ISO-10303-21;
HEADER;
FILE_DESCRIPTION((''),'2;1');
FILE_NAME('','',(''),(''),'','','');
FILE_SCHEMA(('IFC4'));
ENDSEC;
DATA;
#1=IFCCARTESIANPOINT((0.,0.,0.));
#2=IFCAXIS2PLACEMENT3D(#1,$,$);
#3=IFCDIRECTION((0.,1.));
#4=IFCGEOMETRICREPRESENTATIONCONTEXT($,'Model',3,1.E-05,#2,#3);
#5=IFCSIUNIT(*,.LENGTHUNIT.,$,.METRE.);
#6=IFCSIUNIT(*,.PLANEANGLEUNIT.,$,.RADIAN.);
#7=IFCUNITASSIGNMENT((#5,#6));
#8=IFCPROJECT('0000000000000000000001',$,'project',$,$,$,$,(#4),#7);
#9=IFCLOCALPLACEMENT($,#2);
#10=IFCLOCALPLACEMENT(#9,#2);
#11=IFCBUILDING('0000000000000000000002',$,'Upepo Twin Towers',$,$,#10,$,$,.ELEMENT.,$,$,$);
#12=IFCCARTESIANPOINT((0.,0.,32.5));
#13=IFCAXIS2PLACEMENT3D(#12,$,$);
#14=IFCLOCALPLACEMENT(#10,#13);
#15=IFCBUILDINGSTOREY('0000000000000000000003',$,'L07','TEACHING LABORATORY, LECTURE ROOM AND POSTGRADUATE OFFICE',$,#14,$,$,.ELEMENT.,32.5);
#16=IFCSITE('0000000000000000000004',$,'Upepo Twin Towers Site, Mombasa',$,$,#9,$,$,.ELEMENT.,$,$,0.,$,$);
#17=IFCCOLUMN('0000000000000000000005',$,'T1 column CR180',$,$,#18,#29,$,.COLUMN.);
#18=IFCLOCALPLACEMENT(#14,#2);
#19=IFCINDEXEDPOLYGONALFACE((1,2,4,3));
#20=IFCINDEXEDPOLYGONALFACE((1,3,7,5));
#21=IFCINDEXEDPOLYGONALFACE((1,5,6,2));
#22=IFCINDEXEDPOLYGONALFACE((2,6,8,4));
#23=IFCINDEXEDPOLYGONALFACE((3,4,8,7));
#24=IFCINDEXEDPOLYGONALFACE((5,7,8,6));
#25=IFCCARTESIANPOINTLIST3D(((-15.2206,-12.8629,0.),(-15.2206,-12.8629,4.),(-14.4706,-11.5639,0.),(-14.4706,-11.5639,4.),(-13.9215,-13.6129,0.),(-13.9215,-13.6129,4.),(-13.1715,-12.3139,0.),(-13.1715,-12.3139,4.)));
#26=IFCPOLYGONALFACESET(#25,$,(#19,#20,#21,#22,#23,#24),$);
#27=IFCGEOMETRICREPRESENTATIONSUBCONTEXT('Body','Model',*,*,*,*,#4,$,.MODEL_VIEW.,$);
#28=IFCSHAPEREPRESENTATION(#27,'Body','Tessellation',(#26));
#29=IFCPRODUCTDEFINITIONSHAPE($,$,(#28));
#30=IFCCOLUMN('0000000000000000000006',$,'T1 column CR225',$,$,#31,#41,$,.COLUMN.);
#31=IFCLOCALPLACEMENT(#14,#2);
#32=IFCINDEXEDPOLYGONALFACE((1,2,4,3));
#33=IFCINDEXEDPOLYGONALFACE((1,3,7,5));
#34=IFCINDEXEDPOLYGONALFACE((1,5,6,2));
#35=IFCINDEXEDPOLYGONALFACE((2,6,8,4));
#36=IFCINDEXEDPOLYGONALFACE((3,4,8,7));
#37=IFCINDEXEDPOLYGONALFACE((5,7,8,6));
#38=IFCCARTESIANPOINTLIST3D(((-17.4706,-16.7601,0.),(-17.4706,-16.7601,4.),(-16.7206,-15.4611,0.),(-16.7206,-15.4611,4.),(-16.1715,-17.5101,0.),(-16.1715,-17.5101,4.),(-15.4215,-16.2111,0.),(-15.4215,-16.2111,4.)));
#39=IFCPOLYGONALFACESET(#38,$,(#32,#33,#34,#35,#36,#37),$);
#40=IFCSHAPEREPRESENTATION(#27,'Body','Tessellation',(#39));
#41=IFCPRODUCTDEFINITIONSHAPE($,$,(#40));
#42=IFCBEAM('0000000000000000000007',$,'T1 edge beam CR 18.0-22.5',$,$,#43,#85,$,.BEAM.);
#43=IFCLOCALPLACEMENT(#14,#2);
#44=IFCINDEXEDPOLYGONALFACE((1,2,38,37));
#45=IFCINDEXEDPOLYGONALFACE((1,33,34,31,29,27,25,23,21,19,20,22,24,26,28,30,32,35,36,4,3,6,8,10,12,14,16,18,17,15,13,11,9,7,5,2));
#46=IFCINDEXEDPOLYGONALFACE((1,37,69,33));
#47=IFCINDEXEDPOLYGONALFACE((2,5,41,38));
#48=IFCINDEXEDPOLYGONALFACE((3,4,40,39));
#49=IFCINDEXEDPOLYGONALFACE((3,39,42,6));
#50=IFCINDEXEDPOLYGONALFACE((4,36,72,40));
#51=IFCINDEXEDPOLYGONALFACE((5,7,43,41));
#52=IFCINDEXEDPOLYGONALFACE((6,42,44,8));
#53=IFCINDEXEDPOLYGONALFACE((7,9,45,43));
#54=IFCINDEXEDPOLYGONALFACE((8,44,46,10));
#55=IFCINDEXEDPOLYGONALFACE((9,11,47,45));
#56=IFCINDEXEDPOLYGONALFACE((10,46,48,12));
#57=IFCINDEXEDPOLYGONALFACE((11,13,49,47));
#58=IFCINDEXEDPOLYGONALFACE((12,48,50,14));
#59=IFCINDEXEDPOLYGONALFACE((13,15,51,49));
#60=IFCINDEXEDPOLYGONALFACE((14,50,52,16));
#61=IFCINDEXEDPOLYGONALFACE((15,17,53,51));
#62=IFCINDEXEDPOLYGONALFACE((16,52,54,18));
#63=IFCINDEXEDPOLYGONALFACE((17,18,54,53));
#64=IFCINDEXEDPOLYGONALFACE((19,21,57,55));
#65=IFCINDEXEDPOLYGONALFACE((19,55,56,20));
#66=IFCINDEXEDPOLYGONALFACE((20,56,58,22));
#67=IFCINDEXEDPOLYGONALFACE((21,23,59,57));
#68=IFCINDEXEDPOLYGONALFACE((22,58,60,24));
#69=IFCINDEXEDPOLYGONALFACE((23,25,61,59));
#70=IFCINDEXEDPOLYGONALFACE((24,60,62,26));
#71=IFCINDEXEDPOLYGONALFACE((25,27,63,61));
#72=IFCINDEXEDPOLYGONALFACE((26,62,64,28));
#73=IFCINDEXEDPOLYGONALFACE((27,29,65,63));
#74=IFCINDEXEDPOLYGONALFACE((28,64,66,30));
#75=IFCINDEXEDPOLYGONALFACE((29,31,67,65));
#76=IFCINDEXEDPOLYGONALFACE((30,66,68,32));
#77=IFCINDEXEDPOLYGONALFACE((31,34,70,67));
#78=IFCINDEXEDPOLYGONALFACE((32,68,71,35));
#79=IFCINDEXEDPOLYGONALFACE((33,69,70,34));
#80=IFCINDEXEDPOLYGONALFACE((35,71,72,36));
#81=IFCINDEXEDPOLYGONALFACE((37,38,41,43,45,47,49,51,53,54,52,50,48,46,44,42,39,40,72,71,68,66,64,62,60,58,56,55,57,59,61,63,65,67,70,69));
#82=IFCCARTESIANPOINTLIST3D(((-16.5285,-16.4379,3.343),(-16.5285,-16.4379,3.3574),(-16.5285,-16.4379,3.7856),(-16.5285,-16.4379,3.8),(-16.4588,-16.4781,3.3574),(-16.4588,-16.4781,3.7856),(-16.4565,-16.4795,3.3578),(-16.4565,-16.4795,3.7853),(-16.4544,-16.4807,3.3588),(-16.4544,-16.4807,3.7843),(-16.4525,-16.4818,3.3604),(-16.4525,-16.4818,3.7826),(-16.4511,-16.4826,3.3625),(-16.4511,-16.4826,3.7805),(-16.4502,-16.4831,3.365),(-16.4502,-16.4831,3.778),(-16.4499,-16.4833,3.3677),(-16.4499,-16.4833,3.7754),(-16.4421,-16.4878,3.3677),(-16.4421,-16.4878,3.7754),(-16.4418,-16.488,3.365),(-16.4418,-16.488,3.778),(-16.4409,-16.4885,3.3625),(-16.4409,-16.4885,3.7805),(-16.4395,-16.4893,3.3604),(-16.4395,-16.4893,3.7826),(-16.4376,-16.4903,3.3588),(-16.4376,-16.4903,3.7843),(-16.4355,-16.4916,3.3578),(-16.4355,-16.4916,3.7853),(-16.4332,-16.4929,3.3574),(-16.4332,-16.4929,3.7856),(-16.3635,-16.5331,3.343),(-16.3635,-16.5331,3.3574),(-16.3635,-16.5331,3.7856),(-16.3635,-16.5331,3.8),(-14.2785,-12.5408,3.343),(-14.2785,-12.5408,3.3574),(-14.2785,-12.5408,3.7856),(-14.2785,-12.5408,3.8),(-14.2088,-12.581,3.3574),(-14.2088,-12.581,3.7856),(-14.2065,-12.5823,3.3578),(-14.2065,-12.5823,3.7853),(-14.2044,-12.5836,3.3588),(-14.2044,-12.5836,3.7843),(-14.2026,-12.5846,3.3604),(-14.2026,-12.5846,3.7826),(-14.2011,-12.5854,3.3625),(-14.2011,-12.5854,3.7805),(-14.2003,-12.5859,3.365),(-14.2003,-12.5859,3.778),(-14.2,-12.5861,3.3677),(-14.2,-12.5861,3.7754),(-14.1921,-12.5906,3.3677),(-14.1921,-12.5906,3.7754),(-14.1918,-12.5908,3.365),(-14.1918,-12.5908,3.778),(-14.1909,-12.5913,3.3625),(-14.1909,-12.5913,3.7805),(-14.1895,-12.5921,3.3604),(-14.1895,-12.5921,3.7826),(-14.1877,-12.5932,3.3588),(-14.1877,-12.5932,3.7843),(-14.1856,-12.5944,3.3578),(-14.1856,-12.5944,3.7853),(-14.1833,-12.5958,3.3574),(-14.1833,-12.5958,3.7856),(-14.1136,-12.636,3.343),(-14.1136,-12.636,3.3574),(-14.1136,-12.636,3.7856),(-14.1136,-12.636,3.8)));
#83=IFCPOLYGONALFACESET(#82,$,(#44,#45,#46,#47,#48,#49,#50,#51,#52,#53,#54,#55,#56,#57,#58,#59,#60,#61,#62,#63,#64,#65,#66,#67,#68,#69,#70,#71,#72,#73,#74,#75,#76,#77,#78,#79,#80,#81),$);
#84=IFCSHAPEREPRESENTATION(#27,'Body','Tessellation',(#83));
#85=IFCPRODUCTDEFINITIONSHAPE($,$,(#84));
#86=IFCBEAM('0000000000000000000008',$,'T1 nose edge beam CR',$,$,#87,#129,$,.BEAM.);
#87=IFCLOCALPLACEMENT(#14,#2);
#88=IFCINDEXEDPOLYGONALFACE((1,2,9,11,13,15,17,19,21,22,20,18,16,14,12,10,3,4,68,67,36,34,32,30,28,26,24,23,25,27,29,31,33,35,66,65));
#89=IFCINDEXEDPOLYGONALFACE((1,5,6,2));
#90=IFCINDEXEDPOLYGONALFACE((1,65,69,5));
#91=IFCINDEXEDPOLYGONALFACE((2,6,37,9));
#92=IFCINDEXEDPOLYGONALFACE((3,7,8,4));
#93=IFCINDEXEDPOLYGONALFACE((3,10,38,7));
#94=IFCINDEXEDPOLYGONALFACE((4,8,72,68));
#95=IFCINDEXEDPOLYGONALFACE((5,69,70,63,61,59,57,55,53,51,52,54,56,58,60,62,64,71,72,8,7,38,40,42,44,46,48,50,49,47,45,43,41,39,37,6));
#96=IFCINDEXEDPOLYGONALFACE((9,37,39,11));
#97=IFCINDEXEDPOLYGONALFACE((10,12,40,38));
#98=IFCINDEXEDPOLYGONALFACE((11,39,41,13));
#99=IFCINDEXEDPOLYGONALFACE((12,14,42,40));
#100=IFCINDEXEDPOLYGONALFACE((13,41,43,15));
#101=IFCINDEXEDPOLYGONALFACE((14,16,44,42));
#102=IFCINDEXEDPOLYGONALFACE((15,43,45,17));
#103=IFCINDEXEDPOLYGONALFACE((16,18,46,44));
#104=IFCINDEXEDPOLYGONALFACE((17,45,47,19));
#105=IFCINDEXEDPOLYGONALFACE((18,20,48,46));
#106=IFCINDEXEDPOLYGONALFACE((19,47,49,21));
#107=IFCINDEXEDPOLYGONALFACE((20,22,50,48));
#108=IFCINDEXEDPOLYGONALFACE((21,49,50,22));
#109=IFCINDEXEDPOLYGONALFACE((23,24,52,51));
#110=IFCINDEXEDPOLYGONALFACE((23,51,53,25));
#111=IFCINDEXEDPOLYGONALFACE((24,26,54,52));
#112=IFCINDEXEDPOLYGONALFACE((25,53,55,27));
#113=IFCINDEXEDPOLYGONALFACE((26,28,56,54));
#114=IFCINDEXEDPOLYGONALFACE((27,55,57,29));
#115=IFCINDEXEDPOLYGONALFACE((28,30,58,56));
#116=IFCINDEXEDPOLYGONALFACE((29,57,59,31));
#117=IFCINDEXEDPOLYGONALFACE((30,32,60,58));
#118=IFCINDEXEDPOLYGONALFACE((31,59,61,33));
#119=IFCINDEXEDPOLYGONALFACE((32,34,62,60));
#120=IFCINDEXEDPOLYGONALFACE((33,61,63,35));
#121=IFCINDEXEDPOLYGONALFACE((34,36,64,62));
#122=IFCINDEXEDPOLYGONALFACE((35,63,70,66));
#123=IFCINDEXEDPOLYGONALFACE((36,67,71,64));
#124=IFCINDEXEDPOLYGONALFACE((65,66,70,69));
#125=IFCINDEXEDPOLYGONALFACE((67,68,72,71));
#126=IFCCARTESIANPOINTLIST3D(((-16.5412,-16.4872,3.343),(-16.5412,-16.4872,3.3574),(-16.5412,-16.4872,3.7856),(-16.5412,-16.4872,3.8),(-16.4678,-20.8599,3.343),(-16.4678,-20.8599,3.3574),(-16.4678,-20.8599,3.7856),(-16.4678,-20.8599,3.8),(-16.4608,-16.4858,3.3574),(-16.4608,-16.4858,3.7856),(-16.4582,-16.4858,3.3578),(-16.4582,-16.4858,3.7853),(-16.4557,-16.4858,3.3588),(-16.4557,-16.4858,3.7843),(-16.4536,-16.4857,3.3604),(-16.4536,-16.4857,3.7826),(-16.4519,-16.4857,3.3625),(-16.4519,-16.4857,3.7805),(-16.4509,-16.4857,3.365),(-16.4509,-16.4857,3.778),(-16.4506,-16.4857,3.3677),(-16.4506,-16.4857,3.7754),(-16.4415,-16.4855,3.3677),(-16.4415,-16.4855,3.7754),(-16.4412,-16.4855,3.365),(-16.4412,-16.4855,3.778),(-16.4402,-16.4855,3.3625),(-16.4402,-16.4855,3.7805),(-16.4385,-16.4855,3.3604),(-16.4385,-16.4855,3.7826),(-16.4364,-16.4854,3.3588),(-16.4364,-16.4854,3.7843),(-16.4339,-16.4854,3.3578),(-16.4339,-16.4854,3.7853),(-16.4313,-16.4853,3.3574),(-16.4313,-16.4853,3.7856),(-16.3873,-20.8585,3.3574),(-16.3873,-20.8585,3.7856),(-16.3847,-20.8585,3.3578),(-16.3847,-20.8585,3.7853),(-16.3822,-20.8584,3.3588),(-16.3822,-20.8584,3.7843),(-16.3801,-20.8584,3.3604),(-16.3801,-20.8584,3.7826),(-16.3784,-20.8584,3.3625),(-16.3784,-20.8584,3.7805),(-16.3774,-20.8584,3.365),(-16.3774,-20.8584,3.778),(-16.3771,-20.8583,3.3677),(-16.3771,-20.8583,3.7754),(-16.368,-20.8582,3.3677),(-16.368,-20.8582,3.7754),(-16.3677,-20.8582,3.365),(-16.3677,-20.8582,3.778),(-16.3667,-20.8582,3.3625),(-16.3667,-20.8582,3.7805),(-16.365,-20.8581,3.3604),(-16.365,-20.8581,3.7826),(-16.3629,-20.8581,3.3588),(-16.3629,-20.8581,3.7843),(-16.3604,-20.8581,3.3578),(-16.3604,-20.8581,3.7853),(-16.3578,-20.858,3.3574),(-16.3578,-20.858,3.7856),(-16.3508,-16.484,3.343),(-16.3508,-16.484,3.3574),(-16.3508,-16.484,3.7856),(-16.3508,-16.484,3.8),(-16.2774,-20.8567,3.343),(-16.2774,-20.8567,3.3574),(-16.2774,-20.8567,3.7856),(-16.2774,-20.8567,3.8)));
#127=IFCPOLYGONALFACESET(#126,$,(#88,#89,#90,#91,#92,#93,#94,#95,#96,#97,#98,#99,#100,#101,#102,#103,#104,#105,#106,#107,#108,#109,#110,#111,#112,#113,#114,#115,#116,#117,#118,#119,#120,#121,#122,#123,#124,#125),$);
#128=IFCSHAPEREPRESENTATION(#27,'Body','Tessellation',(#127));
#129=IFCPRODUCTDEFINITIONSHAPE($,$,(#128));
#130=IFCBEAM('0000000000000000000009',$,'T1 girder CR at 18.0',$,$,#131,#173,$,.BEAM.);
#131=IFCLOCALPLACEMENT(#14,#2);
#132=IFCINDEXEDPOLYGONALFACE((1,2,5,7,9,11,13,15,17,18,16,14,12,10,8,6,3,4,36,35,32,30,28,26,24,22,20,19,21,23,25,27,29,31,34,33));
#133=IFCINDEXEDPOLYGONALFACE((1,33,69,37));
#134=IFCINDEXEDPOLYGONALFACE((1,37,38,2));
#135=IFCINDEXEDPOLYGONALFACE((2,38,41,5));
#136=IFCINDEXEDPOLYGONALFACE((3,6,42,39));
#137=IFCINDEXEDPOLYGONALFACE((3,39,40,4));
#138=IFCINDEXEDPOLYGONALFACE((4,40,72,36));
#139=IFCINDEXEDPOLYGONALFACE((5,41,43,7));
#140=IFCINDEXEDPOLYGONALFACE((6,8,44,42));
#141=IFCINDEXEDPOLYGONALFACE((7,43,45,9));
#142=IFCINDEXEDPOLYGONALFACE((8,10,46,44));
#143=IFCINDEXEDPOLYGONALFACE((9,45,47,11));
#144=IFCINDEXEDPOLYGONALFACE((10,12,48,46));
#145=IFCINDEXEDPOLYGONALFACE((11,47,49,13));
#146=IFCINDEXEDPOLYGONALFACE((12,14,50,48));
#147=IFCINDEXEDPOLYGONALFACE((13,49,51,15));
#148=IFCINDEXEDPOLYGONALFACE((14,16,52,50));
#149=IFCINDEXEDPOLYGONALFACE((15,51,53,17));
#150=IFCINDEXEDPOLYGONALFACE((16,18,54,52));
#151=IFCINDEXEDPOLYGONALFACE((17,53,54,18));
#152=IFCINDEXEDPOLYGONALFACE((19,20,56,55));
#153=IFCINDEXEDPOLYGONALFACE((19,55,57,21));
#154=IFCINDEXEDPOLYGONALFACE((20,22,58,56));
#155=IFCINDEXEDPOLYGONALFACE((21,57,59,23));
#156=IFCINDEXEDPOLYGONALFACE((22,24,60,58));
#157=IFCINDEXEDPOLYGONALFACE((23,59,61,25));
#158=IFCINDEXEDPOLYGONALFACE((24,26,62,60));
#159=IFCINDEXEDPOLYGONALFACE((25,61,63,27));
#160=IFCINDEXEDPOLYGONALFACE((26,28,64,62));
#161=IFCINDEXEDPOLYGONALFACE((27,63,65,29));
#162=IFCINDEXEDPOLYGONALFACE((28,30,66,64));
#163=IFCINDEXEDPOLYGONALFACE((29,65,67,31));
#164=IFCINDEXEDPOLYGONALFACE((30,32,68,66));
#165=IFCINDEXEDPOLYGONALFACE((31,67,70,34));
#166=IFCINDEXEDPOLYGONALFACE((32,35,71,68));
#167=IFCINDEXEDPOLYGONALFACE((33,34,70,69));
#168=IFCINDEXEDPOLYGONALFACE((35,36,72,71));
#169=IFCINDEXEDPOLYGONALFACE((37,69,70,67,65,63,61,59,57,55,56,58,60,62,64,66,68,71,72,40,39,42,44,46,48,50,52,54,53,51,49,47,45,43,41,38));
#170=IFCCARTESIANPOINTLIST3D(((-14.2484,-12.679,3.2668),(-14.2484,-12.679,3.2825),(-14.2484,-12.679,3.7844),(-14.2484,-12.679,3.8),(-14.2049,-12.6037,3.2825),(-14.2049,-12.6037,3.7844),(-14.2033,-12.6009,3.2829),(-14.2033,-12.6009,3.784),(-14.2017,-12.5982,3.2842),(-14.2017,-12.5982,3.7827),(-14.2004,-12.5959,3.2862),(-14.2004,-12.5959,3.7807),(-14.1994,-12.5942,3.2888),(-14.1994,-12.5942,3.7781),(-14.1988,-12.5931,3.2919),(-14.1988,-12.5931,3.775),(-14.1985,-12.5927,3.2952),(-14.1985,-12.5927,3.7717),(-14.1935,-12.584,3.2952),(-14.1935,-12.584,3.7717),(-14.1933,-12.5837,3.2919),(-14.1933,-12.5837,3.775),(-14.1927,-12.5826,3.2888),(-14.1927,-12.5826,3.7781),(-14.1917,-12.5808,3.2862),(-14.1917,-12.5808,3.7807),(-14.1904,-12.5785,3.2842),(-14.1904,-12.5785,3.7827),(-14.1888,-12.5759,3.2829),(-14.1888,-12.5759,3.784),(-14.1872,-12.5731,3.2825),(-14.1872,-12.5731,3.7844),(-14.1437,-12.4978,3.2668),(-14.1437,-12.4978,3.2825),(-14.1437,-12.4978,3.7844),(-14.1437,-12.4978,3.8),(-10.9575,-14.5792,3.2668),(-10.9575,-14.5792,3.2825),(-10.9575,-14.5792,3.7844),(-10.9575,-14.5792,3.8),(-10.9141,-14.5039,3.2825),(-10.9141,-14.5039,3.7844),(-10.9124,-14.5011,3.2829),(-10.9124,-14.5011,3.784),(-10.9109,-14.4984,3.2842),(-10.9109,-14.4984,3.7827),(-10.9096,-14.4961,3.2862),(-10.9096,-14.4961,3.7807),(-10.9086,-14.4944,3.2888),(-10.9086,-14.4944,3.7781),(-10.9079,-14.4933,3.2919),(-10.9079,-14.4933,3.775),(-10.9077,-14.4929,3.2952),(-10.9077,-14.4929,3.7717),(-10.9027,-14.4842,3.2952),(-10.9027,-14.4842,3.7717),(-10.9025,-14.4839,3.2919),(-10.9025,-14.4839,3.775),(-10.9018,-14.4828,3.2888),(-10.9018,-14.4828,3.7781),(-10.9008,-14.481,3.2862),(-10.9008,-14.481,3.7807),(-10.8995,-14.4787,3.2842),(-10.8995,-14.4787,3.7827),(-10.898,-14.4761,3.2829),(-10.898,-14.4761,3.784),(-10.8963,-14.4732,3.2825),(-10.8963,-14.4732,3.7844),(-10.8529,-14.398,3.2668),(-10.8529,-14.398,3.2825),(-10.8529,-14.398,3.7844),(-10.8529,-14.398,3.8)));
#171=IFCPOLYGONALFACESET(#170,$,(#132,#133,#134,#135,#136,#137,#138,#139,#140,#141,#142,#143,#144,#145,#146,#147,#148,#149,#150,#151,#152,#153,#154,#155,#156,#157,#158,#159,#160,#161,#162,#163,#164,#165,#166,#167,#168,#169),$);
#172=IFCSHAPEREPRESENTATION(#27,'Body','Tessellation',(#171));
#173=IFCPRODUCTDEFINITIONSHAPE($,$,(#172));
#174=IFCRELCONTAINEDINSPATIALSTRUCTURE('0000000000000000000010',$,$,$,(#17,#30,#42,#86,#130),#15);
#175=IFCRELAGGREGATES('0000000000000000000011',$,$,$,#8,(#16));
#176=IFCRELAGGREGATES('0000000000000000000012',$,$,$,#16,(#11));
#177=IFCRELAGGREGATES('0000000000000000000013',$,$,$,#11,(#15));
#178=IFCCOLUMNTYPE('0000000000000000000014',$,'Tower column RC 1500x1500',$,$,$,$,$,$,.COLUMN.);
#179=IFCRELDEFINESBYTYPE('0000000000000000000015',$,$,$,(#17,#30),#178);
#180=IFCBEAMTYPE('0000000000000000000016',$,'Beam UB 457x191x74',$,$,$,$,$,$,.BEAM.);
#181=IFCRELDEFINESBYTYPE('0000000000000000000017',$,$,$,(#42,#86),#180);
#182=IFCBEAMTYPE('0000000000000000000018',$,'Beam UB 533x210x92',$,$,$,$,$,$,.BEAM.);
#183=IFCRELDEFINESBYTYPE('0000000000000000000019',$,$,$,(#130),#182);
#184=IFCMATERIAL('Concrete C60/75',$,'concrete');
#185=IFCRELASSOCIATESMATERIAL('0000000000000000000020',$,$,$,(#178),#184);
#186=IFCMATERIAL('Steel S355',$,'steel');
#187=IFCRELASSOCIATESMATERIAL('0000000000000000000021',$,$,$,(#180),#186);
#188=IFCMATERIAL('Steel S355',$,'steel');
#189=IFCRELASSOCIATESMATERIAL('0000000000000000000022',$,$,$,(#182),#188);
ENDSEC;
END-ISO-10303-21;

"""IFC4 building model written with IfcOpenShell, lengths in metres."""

from ifc_helpers import new_model, si_unit, direction, frame, origin, origin_2d, place, context, subcontext, project, spatial, rectangle, i_section, extrude, material, material_profile, profile_set, type_object, element, save


model = new_model("IFC4")

# Units and contexts
model_context = context("Model", 3, precision=1e-05, world=origin(), true_north=direction((0.0, 1.0)))
body_context = subcontext(model_context, "Body", "Model", "MODEL_VIEW")
ifc_project = project(units=[si_unit("LENGTHUNIT", "METRE"), si_unit("PLANEANGLEUNIT", "RADIAN")], contexts=[model_context])

# Site, building, storey
site_placement = place(None, origin())
site = spatial("IfcSite", under=ifc_project, at=site_placement, Name="Upepo Twin Towers Site, Mombasa", CompositionType="ELEMENT", RefElevation=0.0)
building_placement = place(site_placement, origin())
building = spatial("IfcBuilding", under=site, at=building_placement, Name="Upepo Twin Towers", CompositionType="ELEMENT")
storey_placement = place(building_placement, frame((0.0, 0.0, 32.5)))
storey = spatial("IfcBuildingStorey", under=building, at=storey_placement, Name="L07", Description="TEACHING LABORATORY, LECTURE ROOM AND POSTGRADUATE OFFICE", CompositionType="ELEMENT", Elevation=32.5)

# Columns
ifc_material_1 = material(Name="Concrete C60/75", Category="concrete")
ifc_material_profile_1 = material_profile(ifc_material_1, rectangle(XDim=1.5, YDim=1.5, at=origin_2d()), Name="RC 1500x1500")
ifc_profile_set_1 = profile_set([ifc_material_profile_1], Name="Concrete C60/75")
column_type = type_object("IfcColumnType", Name="Tower column RC 1500x1500", PredefinedType="COLUMN", material=ifc_profile_set_1)
for number, where, z_axis, x_axis, name in (
    (1, (-14.196, -12.5884, 0.0), (0.0, 0.0, 1.0), (0.5, 0.866025, 0.0), "T1 column CR180"),
    (2, (-16.446, -16.4856, 0.0), (0.0, 0.0, 1.0), (0.5, 0.866025, 0.0), "T1 column CR225"),
):
    element("IfcColumn", number, at=place(storey_placement, frame(where, z_axis=z_axis, x_axis=x_axis)), inside=storey, type_object=column_type, Name=name, PredefinedType="COLUMN", context=body_context, shape_type="SweptSolid", body=[
        extrude(rectangle(XDim=1.5, YDim=1.5, at=origin_2d()), origin(), (0.0, 0.0, 1.0), 4.0),
    ])

# Beams
ifc_material_2 = material(Name="Steel S355", Category="steel")
ifc_material_profile_2 = material_profile(ifc_material_2, i_section(OverallWidth=0.1904, OverallDepth=0.457, WebThickness=0.009, FlangeThickness=0.0144, FilletRadius=0.0103, at=origin_2d()), Name="UB 457x191x74")
ifc_profile_set_2 = profile_set([ifc_material_profile_2], Name="Steel S355")
beam_type_1 = type_object("IfcBeamType", Name="Beam UB 457x191x74", PredefinedType="BEAM", material=ifc_profile_set_2)
beam_1_placement = place(storey_placement, frame((-14.196, -12.5884, 3.5715), z_axis=(-0.49999, -0.866031, 0.0), x_axis=(0.866031, -0.49999, 0.0)))
element("IfcBeam", 3, at=beam_1_placement, inside=storey, type_object=beam_type_1, Name="T1 edge beam CR 18.0-22.5", PredefinedType="BEAM", context=body_context, shape_type="SweptSolid", body=[
    extrude(i_section(OverallWidth=0.1904, OverallDepth=0.457, WebThickness=0.009, FlangeThickness=0.0144, FilletRadius=0.0103, at=origin_2d()), origin(), (0.0, 0.0, 1.0), 4.5),
])
beam_2_placement = place(storey_placement, frame((-16.446, -16.4856, 3.5715), z_axis=(0.016804, -0.999859, 0.0), x_axis=(0.999859, 0.016804, 0.0)))
element("IfcBeam", 4, at=beam_2_placement, inside=storey, type_object=beam_type_1, Name="T1 nose edge beam CR", PredefinedType="BEAM", context=body_context, shape_type="SweptSolid", body=[
    extrude(i_section(OverallWidth=0.1904, OverallDepth=0.457, WebThickness=0.009, FlangeThickness=0.0144, FilletRadius=0.0103, at=origin_2d()), origin(), (0.0, 0.0, 1.0), 4.3733),
])
ifc_material_3 = material(Name="Steel S355", Category="steel")
ifc_material_profile_3 = material_profile(ifc_material_3, i_section(OverallWidth=0.2092, OverallDepth=0.5332, WebThickness=0.01, FlangeThickness=0.0156, FilletRadius=0.0127, at=origin_2d()), Name="UB 533x210x92")
ifc_profile_set_3 = profile_set([ifc_material_profile_3], Name="Steel S355")
beam_type_2 = type_object("IfcBeamType", Name="Beam UB 533x210x92", PredefinedType="BEAM", material=ifc_profile_set_3)
beam_3_placement = place(storey_placement, frame((-14.196, -12.5884, 3.5334), z_axis=(0.866, -0.500043, 0.0), x_axis=(0.500043, 0.866, 0.0)))
element("IfcBeam", 5, at=beam_3_placement, inside=storey, type_object=beam_type_2, Name="T1 girder CR at 18.0", PredefinedType="BEAM", context=body_context, shape_type="SweptSolid", body=[
    extrude(i_section(OverallWidth=0.2092, OverallDepth=0.5332, WebThickness=0.01, FlangeThickness=0.0156, FilletRadius=0.0127, at=origin_2d()), origin(), (0.0, 0.0, 1.0), 3.8),
])

save(model, "model.ifc")
